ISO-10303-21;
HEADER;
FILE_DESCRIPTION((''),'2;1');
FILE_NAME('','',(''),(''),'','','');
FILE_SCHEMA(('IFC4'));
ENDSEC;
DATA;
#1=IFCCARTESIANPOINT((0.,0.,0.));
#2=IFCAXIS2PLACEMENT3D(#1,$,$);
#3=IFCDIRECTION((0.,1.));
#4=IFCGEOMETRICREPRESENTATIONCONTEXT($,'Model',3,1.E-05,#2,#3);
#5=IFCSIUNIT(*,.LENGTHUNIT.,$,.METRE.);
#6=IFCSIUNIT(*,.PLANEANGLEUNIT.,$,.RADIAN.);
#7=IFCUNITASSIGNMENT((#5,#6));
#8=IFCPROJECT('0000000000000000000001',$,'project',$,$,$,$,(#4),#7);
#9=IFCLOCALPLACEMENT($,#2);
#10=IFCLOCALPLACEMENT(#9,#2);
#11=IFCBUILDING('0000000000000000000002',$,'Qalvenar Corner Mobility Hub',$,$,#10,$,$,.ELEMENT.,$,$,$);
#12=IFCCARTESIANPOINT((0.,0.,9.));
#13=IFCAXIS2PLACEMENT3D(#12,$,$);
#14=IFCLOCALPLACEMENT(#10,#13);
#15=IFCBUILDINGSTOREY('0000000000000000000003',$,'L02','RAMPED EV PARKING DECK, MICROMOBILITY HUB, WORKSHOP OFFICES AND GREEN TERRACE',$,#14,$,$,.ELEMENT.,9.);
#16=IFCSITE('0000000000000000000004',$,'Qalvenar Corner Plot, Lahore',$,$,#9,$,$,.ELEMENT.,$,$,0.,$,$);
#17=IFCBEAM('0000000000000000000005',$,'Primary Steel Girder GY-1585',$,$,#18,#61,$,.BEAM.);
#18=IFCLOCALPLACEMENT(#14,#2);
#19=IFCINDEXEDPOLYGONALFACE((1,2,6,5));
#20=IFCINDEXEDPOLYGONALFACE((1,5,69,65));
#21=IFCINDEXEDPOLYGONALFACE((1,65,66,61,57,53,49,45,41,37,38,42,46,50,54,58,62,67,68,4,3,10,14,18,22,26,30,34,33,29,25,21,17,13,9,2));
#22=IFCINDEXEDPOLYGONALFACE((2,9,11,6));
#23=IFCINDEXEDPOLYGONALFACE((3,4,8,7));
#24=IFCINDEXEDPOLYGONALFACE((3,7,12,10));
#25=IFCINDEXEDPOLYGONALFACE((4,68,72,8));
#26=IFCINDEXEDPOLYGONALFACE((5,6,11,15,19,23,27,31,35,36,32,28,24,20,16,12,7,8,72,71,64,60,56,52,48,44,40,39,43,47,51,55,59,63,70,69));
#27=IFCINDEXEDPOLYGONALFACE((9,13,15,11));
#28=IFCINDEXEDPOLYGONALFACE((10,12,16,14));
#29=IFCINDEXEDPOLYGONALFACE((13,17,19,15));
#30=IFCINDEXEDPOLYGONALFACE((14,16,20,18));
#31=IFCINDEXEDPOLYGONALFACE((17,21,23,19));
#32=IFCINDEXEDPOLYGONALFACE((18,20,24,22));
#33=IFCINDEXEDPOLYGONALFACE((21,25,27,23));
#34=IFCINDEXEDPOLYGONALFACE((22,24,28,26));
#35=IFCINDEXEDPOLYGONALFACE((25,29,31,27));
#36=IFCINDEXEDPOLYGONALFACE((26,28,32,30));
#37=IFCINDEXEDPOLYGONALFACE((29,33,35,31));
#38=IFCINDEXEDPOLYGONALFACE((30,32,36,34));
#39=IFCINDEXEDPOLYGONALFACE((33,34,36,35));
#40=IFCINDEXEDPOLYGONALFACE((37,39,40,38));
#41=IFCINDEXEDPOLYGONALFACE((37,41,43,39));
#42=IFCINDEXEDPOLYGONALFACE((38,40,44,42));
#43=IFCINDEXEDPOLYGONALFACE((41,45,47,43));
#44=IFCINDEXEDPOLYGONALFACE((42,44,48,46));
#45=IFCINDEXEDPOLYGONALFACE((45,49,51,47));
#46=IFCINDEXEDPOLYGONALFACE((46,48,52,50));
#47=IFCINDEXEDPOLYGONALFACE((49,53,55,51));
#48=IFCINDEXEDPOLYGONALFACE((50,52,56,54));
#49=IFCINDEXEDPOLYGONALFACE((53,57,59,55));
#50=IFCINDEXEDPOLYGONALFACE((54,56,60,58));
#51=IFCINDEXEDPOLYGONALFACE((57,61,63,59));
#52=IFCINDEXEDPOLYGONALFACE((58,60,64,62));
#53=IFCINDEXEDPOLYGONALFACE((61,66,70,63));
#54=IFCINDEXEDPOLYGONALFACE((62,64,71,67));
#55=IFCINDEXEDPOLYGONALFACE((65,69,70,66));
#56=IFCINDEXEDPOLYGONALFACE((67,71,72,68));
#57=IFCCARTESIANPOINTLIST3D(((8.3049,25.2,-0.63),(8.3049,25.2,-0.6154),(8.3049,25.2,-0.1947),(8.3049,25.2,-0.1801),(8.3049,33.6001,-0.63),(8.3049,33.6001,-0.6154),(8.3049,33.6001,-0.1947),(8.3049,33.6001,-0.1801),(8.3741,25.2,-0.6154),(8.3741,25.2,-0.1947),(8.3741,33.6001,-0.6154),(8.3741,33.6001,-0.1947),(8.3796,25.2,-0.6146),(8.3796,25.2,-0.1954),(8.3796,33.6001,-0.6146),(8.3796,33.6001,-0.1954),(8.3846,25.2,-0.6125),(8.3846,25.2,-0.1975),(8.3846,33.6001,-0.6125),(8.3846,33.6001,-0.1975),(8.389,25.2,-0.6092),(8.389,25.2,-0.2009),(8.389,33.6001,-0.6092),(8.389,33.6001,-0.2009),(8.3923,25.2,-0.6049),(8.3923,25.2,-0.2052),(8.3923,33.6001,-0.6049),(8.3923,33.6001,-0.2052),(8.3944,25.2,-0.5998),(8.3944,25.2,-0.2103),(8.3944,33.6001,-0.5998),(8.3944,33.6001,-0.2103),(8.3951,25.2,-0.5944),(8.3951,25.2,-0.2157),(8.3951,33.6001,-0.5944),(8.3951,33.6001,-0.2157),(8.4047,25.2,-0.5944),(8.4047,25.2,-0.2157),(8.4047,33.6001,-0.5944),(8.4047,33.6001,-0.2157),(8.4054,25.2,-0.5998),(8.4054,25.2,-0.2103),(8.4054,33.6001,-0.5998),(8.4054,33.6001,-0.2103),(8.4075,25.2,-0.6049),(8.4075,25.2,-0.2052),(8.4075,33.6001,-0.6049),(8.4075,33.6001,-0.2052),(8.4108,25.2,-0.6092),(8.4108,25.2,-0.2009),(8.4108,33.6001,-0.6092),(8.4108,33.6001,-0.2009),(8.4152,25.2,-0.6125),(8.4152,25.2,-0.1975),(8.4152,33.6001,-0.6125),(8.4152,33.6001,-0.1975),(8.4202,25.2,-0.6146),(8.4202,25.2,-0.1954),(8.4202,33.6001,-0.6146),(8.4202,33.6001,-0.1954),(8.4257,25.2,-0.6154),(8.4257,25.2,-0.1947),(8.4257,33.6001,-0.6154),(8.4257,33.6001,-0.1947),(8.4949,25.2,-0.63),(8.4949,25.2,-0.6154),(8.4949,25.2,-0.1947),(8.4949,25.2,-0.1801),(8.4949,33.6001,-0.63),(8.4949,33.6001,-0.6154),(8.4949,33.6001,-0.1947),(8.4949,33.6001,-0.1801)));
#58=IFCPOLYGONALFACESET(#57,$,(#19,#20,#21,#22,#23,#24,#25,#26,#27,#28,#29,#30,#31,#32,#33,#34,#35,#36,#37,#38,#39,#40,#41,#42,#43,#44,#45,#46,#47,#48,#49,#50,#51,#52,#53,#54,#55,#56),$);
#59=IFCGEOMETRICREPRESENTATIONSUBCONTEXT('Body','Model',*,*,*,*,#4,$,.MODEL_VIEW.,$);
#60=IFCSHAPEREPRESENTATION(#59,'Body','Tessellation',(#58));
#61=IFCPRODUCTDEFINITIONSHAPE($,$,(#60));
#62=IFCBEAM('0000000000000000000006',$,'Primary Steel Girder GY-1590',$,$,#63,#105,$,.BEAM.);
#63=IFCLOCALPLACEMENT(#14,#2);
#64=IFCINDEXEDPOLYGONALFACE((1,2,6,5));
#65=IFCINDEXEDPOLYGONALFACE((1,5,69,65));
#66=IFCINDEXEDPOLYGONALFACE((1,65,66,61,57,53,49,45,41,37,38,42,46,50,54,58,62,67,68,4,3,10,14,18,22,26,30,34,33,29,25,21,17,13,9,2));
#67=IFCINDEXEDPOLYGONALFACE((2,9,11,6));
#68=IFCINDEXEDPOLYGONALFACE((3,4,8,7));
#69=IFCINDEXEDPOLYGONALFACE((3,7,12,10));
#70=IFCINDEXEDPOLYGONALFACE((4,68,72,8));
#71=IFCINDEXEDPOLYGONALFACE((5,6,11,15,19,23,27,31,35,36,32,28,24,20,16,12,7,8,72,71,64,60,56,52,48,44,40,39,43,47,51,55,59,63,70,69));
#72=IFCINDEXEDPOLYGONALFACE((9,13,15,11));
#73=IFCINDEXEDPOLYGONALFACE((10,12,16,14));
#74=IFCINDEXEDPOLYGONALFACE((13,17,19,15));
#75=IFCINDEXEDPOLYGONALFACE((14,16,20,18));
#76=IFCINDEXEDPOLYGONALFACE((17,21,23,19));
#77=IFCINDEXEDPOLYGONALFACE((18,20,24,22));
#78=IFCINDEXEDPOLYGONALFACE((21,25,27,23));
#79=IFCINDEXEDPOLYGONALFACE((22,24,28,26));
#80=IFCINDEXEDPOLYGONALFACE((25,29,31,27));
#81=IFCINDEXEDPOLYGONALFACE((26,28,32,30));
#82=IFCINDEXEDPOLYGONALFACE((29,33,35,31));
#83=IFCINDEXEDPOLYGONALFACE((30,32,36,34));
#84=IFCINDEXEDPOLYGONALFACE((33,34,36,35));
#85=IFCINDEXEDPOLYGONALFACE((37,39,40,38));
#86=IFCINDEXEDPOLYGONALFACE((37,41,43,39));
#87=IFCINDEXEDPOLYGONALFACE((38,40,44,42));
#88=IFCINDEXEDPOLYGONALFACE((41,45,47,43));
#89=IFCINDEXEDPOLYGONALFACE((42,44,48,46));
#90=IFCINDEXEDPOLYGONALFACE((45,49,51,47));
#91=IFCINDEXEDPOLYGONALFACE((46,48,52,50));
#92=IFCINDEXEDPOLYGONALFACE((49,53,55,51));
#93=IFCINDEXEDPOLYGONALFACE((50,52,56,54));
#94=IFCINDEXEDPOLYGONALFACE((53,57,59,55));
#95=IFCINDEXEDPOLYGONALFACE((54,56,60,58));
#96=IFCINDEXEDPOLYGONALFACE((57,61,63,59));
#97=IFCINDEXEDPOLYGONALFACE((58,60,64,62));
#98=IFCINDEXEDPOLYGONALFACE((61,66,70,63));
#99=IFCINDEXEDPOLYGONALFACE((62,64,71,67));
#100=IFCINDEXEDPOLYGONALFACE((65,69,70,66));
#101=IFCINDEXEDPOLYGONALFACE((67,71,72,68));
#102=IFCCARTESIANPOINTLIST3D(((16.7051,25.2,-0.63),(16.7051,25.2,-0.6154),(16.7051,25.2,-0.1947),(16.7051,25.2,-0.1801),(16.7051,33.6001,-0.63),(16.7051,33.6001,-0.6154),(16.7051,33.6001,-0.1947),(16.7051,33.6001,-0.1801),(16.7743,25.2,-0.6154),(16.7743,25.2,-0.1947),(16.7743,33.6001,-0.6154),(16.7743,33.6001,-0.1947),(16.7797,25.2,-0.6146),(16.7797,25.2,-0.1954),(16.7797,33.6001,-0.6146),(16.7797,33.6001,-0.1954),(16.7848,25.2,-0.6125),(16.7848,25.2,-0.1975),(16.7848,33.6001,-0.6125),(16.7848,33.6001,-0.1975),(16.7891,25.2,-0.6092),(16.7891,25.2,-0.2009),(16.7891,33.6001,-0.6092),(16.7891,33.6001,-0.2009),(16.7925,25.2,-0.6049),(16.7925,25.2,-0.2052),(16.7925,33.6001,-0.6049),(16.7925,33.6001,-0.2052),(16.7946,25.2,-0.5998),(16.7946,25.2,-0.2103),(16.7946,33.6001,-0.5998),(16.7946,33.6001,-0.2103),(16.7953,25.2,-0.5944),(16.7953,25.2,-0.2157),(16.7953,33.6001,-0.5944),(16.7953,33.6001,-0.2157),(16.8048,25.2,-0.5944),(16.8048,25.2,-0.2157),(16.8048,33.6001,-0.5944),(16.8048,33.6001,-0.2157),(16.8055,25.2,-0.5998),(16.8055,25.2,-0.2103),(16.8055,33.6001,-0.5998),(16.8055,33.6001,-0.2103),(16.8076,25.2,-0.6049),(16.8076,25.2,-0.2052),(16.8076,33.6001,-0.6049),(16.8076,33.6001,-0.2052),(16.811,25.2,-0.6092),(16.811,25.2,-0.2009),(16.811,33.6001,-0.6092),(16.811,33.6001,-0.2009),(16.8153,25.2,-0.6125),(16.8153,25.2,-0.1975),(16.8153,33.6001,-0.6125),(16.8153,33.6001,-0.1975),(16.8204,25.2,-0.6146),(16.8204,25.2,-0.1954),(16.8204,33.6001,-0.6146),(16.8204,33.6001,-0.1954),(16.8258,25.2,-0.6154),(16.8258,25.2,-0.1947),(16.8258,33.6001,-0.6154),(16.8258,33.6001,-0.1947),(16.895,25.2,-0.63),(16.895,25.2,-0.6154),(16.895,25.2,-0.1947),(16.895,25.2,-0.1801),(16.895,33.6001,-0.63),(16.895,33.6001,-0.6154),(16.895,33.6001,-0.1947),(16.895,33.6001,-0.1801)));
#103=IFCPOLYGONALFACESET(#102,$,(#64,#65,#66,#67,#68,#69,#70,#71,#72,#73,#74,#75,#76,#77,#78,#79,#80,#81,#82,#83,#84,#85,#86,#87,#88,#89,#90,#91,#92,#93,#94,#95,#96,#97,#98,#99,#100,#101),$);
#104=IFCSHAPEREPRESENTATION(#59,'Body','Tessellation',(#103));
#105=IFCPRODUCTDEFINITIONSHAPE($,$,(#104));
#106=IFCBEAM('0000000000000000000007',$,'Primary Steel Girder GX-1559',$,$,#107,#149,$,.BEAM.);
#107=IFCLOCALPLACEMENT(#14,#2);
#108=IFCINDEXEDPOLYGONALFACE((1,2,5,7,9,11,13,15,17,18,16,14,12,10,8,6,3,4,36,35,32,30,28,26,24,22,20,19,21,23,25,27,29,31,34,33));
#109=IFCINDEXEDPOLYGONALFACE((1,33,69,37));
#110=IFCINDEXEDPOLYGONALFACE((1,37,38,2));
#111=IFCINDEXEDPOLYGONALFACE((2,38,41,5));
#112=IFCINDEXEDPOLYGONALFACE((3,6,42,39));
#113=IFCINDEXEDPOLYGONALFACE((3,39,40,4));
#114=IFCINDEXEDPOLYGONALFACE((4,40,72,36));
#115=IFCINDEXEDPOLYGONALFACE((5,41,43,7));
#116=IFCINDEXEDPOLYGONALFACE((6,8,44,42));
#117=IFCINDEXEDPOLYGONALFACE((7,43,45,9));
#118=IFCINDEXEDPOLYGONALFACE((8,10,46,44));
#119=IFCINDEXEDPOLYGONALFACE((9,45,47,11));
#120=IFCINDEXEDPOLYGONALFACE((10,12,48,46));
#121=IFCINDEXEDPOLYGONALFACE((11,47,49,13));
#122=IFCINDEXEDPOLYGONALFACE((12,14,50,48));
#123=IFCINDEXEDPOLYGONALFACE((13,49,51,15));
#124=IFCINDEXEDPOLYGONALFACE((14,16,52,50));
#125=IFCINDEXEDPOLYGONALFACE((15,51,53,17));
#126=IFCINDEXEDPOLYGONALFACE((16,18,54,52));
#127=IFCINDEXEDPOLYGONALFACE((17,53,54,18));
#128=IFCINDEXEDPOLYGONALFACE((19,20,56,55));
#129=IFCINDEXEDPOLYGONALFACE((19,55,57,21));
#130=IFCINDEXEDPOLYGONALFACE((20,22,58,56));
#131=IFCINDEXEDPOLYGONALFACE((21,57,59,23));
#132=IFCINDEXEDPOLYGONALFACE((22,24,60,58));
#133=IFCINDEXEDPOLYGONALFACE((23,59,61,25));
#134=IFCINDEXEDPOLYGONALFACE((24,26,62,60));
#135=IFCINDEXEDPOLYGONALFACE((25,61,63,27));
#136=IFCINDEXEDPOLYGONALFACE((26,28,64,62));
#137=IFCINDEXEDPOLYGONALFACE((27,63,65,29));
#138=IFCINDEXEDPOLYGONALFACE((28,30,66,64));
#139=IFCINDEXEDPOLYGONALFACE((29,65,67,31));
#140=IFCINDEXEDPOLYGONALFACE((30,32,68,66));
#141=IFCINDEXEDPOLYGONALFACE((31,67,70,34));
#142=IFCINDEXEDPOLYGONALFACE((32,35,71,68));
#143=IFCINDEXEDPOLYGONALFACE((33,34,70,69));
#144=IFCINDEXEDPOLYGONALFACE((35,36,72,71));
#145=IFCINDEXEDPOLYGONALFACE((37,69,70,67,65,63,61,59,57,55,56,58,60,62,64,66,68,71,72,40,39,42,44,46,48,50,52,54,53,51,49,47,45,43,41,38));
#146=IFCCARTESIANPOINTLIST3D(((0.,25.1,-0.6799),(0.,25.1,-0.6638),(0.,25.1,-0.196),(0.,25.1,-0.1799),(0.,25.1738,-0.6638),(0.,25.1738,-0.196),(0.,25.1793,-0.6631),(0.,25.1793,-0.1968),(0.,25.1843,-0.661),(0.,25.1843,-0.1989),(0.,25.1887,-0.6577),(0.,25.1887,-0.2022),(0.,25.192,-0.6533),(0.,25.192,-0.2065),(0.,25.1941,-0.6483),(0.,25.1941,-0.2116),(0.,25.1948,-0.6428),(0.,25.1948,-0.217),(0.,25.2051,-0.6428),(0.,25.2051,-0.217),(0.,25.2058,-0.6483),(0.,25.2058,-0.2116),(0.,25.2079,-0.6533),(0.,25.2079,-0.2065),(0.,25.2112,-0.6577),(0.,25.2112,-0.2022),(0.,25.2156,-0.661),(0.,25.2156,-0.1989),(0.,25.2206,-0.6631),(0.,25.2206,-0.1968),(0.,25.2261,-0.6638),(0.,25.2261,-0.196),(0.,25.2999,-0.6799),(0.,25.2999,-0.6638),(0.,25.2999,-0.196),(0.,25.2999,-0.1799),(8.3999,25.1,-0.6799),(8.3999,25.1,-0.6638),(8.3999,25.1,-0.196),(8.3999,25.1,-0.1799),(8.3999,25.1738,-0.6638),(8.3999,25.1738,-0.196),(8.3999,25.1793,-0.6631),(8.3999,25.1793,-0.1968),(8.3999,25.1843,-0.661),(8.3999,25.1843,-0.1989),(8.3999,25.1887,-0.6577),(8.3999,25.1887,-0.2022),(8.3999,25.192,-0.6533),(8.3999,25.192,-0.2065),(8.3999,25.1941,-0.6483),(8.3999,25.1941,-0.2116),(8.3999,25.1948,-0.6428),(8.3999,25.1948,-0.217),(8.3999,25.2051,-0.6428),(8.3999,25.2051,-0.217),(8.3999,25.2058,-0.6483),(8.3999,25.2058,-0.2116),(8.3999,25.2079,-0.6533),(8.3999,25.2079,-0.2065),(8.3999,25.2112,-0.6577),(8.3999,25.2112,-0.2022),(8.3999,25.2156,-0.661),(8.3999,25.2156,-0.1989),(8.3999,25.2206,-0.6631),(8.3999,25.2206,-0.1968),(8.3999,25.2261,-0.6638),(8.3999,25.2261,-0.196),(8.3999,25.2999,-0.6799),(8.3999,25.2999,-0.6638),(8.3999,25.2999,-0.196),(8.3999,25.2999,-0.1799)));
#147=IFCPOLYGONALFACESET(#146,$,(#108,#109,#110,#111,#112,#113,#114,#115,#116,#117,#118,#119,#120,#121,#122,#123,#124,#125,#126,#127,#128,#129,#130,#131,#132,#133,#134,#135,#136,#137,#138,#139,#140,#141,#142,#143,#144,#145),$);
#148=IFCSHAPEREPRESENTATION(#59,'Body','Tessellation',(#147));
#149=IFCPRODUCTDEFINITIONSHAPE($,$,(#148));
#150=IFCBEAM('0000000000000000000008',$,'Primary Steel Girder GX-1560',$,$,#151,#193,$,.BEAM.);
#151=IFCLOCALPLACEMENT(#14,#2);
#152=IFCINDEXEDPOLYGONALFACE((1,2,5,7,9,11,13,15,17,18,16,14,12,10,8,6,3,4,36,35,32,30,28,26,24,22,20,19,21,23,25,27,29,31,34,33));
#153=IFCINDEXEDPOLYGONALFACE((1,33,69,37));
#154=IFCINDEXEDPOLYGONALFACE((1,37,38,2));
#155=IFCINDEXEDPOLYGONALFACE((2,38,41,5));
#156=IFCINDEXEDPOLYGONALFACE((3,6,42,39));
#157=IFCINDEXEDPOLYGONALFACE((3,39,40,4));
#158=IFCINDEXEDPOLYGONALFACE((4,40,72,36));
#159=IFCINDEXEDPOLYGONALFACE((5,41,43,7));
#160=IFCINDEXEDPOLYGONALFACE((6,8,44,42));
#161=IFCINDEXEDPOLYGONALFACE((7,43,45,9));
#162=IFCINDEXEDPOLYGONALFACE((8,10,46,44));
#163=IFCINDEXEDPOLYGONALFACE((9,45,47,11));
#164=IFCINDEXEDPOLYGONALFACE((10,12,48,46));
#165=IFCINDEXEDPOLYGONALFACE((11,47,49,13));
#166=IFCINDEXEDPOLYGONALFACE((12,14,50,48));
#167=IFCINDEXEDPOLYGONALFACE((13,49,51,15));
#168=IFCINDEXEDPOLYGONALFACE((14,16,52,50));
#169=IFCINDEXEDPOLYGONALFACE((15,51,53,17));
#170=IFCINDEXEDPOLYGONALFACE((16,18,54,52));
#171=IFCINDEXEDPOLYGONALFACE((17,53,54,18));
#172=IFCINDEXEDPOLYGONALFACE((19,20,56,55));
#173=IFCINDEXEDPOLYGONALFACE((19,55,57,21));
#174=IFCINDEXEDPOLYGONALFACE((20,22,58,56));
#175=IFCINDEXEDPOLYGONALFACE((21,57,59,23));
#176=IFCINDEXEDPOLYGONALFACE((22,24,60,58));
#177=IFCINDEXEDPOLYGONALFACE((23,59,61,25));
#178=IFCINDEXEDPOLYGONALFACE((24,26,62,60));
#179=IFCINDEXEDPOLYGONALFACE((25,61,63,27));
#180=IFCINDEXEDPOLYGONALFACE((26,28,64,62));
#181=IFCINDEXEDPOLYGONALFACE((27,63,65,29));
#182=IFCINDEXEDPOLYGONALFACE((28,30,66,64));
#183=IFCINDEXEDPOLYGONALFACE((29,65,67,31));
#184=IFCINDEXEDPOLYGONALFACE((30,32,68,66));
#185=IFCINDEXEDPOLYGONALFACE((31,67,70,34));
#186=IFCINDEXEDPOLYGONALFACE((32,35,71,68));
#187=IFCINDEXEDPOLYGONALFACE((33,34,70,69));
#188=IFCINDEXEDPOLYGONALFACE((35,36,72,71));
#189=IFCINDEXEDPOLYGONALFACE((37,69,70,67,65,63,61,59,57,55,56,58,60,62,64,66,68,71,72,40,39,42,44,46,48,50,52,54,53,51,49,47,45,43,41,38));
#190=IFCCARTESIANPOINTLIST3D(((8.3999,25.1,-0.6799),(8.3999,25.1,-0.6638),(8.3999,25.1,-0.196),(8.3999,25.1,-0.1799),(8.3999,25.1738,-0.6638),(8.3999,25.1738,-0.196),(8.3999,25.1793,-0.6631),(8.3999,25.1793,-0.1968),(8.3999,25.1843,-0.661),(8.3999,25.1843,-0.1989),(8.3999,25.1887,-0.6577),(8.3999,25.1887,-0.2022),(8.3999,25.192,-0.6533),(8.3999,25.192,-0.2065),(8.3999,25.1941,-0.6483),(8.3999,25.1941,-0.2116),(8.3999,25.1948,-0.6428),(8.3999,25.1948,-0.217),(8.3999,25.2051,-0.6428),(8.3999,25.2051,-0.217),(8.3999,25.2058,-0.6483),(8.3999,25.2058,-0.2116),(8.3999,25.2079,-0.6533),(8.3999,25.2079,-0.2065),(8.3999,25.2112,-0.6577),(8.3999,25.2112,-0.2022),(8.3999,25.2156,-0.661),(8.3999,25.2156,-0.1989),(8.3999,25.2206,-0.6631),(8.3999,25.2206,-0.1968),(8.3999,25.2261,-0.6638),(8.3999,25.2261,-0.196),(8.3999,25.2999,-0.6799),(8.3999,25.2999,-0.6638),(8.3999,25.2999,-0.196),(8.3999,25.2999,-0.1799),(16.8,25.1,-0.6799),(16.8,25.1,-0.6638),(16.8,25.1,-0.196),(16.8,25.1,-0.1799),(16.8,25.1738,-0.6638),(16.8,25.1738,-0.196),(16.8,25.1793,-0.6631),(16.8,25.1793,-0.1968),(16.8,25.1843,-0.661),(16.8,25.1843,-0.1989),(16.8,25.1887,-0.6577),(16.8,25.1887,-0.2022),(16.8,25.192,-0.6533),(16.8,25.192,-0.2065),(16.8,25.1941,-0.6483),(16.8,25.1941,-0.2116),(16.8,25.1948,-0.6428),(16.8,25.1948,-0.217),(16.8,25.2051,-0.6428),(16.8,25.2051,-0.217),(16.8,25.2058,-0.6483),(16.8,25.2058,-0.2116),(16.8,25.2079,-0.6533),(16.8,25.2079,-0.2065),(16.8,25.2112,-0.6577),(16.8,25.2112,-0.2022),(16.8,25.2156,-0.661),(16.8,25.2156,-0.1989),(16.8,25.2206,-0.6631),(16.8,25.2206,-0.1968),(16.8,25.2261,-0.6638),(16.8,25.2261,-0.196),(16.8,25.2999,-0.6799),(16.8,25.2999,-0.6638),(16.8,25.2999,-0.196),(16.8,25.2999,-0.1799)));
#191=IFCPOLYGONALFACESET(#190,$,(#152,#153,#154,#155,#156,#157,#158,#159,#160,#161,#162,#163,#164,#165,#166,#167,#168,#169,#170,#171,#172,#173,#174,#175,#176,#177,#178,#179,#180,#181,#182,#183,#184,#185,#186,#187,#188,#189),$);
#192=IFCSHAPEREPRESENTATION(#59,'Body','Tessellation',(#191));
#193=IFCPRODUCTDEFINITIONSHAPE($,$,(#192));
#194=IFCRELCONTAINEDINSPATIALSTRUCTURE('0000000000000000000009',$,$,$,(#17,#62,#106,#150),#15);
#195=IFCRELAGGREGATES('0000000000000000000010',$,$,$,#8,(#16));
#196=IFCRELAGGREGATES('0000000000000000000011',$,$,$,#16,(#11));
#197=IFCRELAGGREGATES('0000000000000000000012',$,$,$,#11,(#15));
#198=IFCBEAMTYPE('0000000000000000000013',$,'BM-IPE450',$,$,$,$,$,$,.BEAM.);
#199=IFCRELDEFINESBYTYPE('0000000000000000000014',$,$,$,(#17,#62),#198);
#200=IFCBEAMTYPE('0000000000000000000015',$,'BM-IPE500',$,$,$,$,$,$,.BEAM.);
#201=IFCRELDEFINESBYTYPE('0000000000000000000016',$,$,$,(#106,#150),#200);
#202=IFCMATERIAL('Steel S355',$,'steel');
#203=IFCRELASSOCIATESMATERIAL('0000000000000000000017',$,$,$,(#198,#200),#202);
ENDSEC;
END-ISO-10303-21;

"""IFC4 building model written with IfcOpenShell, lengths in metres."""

from ifc_helpers import new_model, si_unit, direction, frame, origin, origin_2d, place, context, subcontext, project, spatial, i_section, extrude, material, material_profile, profile_set, type_object, element, save


model = new_model("IFC4")

# Units and contexts
model_context = context("Model", 3, precision=1e-05, world=origin(), true_north=direction((0.0, 1.0)))
body_context = subcontext(model_context, "Body", "Model", "MODEL_VIEW")
ifc_project = project(units=[si_unit("LENGTHUNIT", "METRE"), si_unit("PLANEANGLEUNIT", "RADIAN")], contexts=[model_context])

# Site, building, storey
site_placement = place(None, origin())
site = spatial("IfcSite", under=ifc_project, at=site_placement, Name="Qalvenar Corner Plot, Lahore", CompositionType="ELEMENT", RefElevation=0.0)
building_placement = place(site_placement, origin())
building = spatial("IfcBuilding", under=site, at=building_placement, Name="Qalvenar Corner Mobility Hub", CompositionType="ELEMENT")
storey_placement = place(building_placement, frame((0.0, 0.0, 9.0)))
storey = spatial("IfcBuildingStorey", under=building, at=storey_placement, Name="L02", Description="RAMPED EV PARKING DECK, MICROMOBILITY HUB, WORKSHOP OFFICES AND GREEN TERRACE", CompositionType="ELEMENT", Elevation=9.0)

# Shared definitions
ifc_material_1 = material(Name="Steel S355", Category="steel")

# Beams
ifc_material_profile_1 = material_profile(ifc_material_1, i_section(OverallWidth=0.1899, OverallDepth=0.45, WebThickness=0.0095, FlangeThickness=0.0146, FilletRadius=0.021, at=origin_2d()), Name="IPE450")
ifc_profile_set_1 = profile_set([ifc_material_profile_1], Name="Steel S355")
beam_type_1 = type_object("IfcBeamType", Name="BM-IPE450", PredefinedType="BEAM", material=ifc_profile_set_1)
for number, where, z_axis, x_axis, name in (
    (1, (8.3999, 25.2, -0.405), (0.0, 1.0, 0.0), (-1.0, 0.0, 0.0), "Primary Steel Girder GY-1585"),
    (2, (16.8, 25.2, -0.405), (0.0, 1.0, 0.0), (-1.0, 0.0, 0.0), "Primary Steel Girder GY-1590"),
):
    element("IfcBeam", number, at=place(storey_placement, frame(where, z_axis=z_axis, x_axis=x_axis)), inside=storey, type_object=beam_type_1, Name=name, PredefinedType="BEAM", context=body_context, shape_type="SweptSolid", body=[
        extrude(i_section(OverallWidth=0.1899, OverallDepth=0.45, WebThickness=0.0095, FlangeThickness=0.0146, FilletRadius=0.021, at=origin_2d()), origin(), (0.0, 0.0, 1.0), 8.4001),
    ])
ifc_material_profile_2 = material_profile(ifc_material_1, i_section(OverallWidth=0.2, OverallDepth=0.5, WebThickness=0.0103, FlangeThickness=0.0161, FilletRadius=0.021, at=origin_2d()), Name="IPE500")
ifc_profile_set_2 = profile_set([ifc_material_profile_2], Name="Steel S355")
beam_type_2 = type_object("IfcBeamType", Name="BM-IPE500", PredefinedType="BEAM", material=ifc_profile_set_2)
beam_1_placement = place(storey_placement, frame((0.0, 25.2, -0.4299), z_axis=(1.0, 0.0, 0.0), x_axis=(0.0, 1.0, 0.0)))
element("IfcBeam", 3, at=beam_1_placement, inside=storey, type_object=beam_type_2, Name="Primary Steel Girder GX-1559", PredefinedType="BEAM", context=body_context, shape_type="SweptSolid", body=[
    extrude(i_section(OverallWidth=0.2, OverallDepth=0.5, WebThickness=0.0103, FlangeThickness=0.0161, FilletRadius=0.021, at=origin_2d()), origin(), (0.0, 0.0, 1.0), 8.3999),
])
beam_2_placement = place(storey_placement, frame((8.3999, 25.2, -0.4299), z_axis=(1.0, 0.0, 0.0), x_axis=(0.0, 1.0, 0.0)))
element("IfcBeam", 4, at=beam_2_placement, inside=storey, type_object=beam_type_2, Name="Primary Steel Girder GX-1560", PredefinedType="BEAM", context=body_context, shape_type="SweptSolid", body=[
    extrude(i_section(OverallWidth=0.2, OverallDepth=0.5, WebThickness=0.0103, FlangeThickness=0.0161, FilletRadius=0.021, at=origin_2d()), origin(), (0.0, 0.0, 1.0), 8.4001),
])

save(model, "model.ifc")
